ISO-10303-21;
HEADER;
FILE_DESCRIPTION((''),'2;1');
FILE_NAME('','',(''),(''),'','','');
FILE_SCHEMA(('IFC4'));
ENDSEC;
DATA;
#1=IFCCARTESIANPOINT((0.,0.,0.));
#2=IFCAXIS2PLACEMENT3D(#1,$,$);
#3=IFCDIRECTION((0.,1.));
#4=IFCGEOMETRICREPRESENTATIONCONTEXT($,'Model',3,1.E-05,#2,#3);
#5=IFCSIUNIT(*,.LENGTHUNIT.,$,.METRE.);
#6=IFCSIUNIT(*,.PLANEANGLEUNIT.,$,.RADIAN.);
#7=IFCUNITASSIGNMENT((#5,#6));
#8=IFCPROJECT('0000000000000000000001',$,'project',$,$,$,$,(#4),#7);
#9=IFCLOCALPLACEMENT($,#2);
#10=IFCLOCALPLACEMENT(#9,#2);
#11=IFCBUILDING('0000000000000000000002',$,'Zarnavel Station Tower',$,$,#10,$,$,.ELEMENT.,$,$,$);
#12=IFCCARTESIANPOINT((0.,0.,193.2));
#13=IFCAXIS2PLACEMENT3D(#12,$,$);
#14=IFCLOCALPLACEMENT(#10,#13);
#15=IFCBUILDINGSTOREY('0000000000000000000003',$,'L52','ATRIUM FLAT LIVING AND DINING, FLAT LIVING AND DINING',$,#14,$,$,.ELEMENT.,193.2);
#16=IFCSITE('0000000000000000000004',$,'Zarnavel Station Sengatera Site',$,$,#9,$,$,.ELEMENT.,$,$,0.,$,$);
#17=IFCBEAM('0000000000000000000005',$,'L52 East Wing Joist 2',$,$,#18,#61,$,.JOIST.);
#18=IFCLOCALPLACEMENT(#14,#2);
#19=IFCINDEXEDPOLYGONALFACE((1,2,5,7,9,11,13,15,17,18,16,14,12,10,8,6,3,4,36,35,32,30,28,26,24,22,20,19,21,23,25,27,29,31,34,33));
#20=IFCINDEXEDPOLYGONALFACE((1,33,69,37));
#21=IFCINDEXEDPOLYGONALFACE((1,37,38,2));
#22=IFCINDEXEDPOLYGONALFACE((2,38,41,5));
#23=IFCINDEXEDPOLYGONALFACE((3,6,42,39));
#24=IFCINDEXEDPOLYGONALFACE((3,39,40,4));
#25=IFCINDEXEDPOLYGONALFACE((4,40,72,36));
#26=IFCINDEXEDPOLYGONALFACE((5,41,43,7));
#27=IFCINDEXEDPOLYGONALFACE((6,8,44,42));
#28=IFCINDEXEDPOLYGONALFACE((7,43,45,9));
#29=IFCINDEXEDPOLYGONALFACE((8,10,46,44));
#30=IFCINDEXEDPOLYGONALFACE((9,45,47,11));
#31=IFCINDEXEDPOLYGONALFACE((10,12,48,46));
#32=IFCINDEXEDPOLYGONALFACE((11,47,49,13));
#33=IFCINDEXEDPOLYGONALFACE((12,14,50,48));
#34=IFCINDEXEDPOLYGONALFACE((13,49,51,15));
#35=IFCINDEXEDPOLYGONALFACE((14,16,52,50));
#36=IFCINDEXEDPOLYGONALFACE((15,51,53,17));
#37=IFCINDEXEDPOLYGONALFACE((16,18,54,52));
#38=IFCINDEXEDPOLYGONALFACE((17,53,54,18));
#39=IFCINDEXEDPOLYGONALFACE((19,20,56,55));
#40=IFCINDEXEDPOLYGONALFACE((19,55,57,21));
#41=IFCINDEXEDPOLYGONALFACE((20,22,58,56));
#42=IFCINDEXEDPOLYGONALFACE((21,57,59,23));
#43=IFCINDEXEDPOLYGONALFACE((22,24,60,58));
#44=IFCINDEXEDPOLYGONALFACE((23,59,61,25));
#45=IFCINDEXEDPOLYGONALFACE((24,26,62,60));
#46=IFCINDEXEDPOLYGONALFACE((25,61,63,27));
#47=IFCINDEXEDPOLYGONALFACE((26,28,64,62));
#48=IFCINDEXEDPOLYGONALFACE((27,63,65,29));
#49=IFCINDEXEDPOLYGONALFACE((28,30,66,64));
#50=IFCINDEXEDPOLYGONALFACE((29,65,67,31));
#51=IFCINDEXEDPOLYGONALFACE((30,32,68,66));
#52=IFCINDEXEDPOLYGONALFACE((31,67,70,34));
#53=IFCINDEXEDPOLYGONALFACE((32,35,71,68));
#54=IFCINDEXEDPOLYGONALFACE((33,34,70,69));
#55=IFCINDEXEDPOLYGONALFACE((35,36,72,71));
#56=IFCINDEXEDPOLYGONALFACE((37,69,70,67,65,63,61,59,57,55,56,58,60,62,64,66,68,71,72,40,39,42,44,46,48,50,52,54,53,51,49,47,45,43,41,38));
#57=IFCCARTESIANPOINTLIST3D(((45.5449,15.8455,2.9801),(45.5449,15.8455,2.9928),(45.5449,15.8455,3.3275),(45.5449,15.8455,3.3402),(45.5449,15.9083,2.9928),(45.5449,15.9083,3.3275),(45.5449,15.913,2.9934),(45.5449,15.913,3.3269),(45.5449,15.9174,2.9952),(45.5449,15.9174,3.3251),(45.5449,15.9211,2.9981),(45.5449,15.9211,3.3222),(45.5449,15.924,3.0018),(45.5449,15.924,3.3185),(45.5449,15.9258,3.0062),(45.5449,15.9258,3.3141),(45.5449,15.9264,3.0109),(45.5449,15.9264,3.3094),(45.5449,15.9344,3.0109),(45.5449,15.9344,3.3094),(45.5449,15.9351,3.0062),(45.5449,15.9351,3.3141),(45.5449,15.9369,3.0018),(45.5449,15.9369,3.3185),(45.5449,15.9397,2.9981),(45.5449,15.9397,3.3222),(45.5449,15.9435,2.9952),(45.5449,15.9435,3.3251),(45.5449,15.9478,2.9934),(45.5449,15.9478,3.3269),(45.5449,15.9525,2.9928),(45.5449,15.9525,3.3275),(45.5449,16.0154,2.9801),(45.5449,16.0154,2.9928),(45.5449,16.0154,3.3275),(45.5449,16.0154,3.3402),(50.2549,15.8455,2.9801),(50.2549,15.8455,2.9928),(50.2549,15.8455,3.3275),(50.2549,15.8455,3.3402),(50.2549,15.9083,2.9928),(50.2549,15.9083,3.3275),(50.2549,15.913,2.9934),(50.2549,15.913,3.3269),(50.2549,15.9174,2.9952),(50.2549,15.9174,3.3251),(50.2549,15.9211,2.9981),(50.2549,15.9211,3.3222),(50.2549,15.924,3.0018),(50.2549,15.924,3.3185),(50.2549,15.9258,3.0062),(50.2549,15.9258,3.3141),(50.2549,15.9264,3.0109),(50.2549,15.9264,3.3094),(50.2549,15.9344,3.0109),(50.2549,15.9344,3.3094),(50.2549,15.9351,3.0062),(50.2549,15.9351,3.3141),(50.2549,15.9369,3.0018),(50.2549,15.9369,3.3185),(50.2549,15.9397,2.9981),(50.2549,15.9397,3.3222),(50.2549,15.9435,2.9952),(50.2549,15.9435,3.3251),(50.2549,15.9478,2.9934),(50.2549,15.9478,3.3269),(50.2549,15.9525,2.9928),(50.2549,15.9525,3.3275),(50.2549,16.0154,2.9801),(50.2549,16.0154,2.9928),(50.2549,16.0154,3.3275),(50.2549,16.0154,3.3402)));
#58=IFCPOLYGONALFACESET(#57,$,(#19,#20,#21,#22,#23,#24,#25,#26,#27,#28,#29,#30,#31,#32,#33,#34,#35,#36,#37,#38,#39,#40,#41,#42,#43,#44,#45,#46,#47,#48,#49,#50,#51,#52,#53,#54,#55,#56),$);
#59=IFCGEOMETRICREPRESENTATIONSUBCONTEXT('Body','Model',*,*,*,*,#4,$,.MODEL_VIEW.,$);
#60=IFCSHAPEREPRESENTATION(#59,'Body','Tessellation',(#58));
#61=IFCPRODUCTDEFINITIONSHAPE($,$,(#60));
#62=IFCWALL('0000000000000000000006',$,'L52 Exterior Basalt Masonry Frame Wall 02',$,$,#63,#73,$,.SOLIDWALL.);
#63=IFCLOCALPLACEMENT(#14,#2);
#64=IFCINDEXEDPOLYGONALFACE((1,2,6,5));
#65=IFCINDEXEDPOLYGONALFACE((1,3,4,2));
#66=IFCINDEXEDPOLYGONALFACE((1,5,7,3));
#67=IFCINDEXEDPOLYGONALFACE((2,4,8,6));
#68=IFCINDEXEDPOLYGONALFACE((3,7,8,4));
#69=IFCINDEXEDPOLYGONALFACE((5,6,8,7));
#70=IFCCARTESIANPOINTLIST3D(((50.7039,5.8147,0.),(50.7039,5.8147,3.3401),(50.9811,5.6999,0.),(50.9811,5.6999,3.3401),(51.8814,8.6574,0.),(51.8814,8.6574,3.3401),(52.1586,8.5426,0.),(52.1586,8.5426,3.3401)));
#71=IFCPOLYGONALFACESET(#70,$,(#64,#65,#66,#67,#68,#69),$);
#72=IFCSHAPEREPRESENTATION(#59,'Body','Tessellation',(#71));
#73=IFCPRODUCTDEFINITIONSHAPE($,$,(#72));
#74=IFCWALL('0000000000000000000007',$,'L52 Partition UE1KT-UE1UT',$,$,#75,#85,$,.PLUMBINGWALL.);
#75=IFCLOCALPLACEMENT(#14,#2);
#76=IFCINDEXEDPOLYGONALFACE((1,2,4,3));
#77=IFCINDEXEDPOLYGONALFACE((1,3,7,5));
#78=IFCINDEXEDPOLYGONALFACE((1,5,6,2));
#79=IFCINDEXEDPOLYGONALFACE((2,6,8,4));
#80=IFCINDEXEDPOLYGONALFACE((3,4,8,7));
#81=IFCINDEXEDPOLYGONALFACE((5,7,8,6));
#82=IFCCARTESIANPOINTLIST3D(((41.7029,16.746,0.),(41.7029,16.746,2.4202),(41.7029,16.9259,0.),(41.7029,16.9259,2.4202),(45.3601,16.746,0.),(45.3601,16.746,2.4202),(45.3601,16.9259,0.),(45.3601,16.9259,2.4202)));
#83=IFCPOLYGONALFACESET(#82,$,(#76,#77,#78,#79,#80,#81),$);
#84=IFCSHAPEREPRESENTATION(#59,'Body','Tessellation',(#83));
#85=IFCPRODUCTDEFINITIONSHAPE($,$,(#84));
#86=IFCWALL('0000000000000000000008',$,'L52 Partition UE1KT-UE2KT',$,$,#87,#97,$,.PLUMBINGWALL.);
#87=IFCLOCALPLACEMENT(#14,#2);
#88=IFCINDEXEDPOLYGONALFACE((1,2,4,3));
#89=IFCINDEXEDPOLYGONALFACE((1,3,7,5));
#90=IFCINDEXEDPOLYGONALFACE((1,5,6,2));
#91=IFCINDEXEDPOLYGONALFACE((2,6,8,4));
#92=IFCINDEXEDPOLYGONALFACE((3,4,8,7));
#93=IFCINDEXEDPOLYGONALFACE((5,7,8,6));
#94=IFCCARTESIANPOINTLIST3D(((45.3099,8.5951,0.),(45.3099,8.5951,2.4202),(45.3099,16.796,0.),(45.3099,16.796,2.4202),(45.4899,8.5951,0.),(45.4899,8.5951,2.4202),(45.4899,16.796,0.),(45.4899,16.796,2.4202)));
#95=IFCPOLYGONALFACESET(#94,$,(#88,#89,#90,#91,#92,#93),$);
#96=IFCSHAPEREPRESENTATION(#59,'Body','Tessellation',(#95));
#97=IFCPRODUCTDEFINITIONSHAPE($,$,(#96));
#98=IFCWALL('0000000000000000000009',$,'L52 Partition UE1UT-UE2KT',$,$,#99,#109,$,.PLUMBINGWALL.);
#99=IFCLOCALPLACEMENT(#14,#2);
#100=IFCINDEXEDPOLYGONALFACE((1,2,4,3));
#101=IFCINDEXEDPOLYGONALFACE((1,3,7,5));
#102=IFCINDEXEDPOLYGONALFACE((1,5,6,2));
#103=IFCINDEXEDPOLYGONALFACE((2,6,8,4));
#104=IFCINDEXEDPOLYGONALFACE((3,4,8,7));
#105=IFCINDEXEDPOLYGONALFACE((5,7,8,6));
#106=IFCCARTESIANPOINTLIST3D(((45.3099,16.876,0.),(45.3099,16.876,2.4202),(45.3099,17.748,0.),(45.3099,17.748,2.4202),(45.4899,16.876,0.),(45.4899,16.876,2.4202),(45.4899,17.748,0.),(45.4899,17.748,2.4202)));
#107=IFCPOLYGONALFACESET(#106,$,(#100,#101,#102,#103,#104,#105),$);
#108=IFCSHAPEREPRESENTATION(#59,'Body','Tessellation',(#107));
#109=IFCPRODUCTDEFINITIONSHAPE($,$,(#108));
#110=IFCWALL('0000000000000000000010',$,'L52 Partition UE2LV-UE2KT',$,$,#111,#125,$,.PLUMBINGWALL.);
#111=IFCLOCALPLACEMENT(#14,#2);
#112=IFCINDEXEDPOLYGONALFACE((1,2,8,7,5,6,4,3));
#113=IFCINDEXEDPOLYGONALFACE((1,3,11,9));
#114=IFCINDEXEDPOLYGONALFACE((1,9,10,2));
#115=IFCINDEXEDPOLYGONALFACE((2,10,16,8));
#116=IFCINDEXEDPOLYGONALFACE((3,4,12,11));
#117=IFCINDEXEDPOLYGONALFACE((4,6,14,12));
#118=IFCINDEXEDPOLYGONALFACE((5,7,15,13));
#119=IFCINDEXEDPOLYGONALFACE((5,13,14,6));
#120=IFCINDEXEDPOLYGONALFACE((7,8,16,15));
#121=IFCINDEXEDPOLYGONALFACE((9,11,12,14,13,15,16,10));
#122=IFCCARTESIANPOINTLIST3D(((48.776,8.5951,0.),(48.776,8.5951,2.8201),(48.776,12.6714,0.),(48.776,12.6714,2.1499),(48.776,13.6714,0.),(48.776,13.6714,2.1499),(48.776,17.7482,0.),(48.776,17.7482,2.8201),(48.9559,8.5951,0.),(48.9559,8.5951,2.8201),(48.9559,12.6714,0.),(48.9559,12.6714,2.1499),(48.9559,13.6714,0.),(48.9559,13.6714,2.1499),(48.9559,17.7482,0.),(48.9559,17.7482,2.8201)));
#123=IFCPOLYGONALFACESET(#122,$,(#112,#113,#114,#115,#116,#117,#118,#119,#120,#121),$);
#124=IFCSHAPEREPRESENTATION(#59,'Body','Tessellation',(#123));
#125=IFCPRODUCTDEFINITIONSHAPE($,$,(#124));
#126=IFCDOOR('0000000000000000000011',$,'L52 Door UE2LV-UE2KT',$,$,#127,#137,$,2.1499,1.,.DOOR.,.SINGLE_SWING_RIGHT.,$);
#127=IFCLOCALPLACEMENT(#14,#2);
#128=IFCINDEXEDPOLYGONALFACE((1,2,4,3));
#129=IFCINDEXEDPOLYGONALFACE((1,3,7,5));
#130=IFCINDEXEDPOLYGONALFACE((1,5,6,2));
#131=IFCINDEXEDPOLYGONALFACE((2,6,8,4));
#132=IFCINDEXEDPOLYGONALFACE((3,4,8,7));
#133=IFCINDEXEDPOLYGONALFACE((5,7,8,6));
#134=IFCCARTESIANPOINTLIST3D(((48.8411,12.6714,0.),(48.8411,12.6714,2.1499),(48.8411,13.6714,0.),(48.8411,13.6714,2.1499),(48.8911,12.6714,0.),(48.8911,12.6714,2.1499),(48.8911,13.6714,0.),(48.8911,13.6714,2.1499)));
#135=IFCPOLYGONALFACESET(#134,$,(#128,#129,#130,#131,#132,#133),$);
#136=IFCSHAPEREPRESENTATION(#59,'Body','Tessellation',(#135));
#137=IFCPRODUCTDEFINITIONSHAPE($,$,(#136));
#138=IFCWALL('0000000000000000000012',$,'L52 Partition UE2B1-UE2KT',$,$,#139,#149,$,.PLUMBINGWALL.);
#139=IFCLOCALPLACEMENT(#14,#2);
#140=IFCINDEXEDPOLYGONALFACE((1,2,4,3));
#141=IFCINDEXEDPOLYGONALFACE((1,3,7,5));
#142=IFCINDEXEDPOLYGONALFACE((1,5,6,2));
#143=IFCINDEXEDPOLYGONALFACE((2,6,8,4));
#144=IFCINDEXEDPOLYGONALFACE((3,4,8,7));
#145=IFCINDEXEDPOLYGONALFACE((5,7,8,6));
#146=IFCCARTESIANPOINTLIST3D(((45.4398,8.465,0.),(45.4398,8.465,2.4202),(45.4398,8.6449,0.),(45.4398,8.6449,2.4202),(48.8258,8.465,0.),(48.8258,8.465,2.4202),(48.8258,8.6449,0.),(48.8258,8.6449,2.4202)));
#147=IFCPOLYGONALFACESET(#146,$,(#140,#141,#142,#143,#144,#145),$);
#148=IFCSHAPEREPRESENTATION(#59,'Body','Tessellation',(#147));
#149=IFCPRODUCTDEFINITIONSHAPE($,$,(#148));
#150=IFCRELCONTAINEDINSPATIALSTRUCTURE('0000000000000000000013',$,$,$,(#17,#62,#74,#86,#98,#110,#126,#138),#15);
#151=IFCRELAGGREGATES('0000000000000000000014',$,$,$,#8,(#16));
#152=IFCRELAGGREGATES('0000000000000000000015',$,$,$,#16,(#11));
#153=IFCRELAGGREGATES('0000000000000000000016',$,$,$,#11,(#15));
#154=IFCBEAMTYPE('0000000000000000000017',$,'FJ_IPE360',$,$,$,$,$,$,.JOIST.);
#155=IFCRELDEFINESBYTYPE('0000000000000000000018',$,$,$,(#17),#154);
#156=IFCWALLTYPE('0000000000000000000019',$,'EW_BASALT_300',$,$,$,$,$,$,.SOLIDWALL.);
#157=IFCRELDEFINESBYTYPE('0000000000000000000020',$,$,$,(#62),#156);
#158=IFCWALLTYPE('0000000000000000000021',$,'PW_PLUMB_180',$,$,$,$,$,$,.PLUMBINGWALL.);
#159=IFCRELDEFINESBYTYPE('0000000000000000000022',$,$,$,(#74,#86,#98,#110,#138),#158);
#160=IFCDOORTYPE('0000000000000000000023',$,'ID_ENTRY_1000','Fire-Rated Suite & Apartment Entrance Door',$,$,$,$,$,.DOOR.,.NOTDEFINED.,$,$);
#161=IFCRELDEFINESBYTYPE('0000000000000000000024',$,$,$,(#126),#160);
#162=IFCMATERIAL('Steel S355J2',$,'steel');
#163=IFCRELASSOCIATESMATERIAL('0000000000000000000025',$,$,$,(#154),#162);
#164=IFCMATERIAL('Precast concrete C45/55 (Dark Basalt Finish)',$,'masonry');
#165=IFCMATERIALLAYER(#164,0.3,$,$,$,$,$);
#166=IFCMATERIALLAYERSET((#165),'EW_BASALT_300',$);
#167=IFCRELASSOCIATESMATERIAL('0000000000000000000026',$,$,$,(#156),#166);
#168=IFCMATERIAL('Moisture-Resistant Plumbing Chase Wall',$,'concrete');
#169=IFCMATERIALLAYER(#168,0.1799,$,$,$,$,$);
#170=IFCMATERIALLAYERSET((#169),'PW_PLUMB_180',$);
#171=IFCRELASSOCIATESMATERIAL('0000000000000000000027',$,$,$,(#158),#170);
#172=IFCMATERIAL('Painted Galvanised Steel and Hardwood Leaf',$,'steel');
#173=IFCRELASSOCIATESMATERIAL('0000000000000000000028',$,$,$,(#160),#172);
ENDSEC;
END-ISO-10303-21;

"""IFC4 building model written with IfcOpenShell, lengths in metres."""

from ifc_helpers import new_model, si_unit, direction, frame, frame_2d, origin, origin_2d, place, context, subcontext, project, spatial, rectangle, i_section, extrude, material, layer, layer_set, material_profile, profile_set, type_object, element, fill, save


model = new_model("IFC4")

# Units and contexts
model_context = context("Model", 3, precision=1e-05, world=origin(), true_north=direction((0.0, 1.0)))
body_context = subcontext(model_context, "Body", "Model", "MODEL_VIEW")
ifc_project = project(units=[si_unit("LENGTHUNIT", "METRE"), si_unit("PLANEANGLEUNIT", "RADIAN")], contexts=[model_context])

# Site, building, storey
site_placement = place(None, origin())
site = spatial("IfcSite", under=ifc_project, at=site_placement, Name="Zarnavel Station Sengatera Site", CompositionType="ELEMENT", RefElevation=0.0)
building_placement = place(site_placement, origin())
building = spatial("IfcBuilding", under=site, at=building_placement, Name="Zarnavel Station Tower", CompositionType="ELEMENT")
storey_placement = place(building_placement, frame((0.0, 0.0, 193.2)))
storey = spatial("IfcBuildingStorey", under=building, at=storey_placement, Name="L52", Description="ATRIUM FLAT LIVING AND DINING, FLAT LIVING AND DINING", CompositionType="ELEMENT", Elevation=193.2)

# Beam
ifc_material_1 = material(Name="Steel S355J2", Category="steel")
ifc_material_profile_1 = material_profile(ifc_material_1, i_section(OverallWidth=0.1699, OverallDepth=0.3601, WebThickness=0.0081, FlangeThickness=0.0127, FilletRadius=0.0181, at=origin_2d()), Name="IPE360")
ifc_profile_set_1 = profile_set([ifc_material_profile_1], Name="Steel S355J2")
beam_type_1 = type_object("IfcBeamType", Name="FJ_IPE360", PredefinedType="JOIST", material=ifc_profile_set_1)
for number, where, z_axis, x_axis, name in (
    (1, (45.5449, 15.9304, 3.1602), (1.0, 0.0, 0.0), (0.0, 1.0, 0.0), "L52 East Wing Joist 2"),
):
    element("IfcBeam", number, at=place(storey_placement, frame(where, z_axis=z_axis, x_axis=x_axis)), inside=storey, type_object=beam_type_1, Name=name, PredefinedType="JOIST", context=body_context, shape_type="SweptSolid", body=[
        extrude(i_section(OverallWidth=0.1699, OverallDepth=0.3601, WebThickness=0.0081, FlangeThickness=0.0127, FilletRadius=0.0181, at=origin_2d()), origin(), (0.0, 0.0, 1.0), 4.71),
    ])

# Walls
ifc_material_2 = material(Name="Precast concrete C45/55 (Dark Basalt Finish)", Category="masonry")
ifc_layer_1 = layer(ifc_material_2, 0.3)
ifc_layer_set_1 = layer_set([ifc_layer_1], Name="EW_BASALT_300")
wall_type_1 = type_object("IfcWallType", Name="EW_BASALT_300", PredefinedType="SOLIDWALL", material=ifc_layer_set_1)
wall_1_placement = place(storey_placement, frame((52.02, 8.6001, 0.0), z_axis=(0.0, 0.0, 1.0), x_axis=(-0.382676, -0.923882, 0.0)))
element("IfcWall", 2, at=wall_1_placement, inside=storey, type_object=wall_type_1, Name="L52 Exterior Basalt Masonry Frame Wall 02", PredefinedType="SOLIDWALL", context=body_context, shape_type="SweptSolid", body=[
    extrude(rectangle(XDim=3.0769, YDim=0.3, at=frame_2d((1.5386, 0.0))), origin(), (0.0, 0.0, 1.0), 3.3401),
])
ifc_material_3 = material(Name="Moisture-Resistant Plumbing Chase Wall", Category="concrete")
ifc_layer_2 = layer(ifc_material_3, 0.1799)
ifc_layer_set_2 = layer_set([ifc_layer_2], Name="PW_PLUMB_180")
wall_type_2 = type_object("IfcWallType", Name="PW_PLUMB_180", PredefinedType="PLUMBINGWALL", material=ifc_layer_set_2)
wall_2_placement = place(storey_placement, frame((41.7029, 16.8359, 0.0), z_axis=(0.0, 0.0, 1.0), x_axis=(1.0, 0.0, 0.0)))
element("IfcWall", 3, at=wall_2_placement, inside=storey, type_object=wall_type_2, Name="L52 Partition UE1KT-UE1UT", PredefinedType="PLUMBINGWALL", context=body_context, shape_type="SweptSolid", body=[
    extrude(rectangle(XDim=3.6572, YDim=0.1799, at=frame_2d((1.8286, 0.0))), origin(), (0.0, 0.0, 1.0), 2.4202),
])
wall_3_placement = place(storey_placement, frame((45.3999, 8.595, 0.0), z_axis=(0.0, 0.0, 1.0), x_axis=(0.0, 1.0, 0.0)))
element("IfcWall", 4, at=wall_3_placement, inside=storey, type_object=wall_type_2, Name="L52 Partition UE1KT-UE2KT", PredefinedType="PLUMBINGWALL", context=body_context, shape_type="SweptSolid", body=[
    extrude(rectangle(XDim=8.2009, YDim=0.1799, at=frame_2d((4.1006, 0.0))), origin(), (0.0, 0.0, 1.0), 2.4202),
])
wall_4_placement = place(storey_placement, frame((45.3999, 16.876, 0.0), z_axis=(0.0, 0.0, 1.0), x_axis=(0.0, 1.0, 0.0)))
element("IfcWall", 5, at=wall_4_placement, inside=storey, type_object=wall_type_2, Name="L52 Partition UE1UT-UE2KT", PredefinedType="PLUMBINGWALL", context=body_context, shape_type="SweptSolid", body=[
    extrude(rectangle(XDim=0.8721, YDim=0.1799, at=frame_2d((0.436, 0.0))), origin(), (0.0, 0.0, 1.0), 2.4202),
])

# Wall, opening, door
wall_5_placement = place(storey_placement, frame((48.866, 8.595, 0.0), z_axis=(0.0, 0.0, 1.0), x_axis=(0.0, 1.0, 0.0)))
wall_5 = element("IfcWall", 6, at=wall_5_placement, inside=storey, type_object=wall_type_2, Name="L52 Partition UE2LV-UE2KT", PredefinedType="PLUMBINGWALL", context=body_context, shape_type="SweptSolid", body=[
    extrude(rectangle(XDim=9.1531, YDim=0.1799, at=frame_2d((4.5767, 0.0))), origin(), (0.0, 0.0, 1.0), 2.8201),
])
opening_placement = place(wall_5_placement, frame((4.0764, 0.0, 0.0)))
opening = element("IfcOpeningElement", 7, at=opening_placement, cuts=wall_5, PredefinedType="OPENING", context=body_context, shape_type="SweptSolid", body=[
    extrude(rectangle(XDim=1.0, YDim=2.1499, at=frame_2d((0.5, 1.075))), frame((0.0, 0.0999, 0.0), z_axis=(0.0, -1.0, 0.0), x_axis=(1.0, 0.0, 0.0)), (0.0, 0.0, 1.0), 0.2),
])
ifc_material_4 = material(Name="Painted Galvanised Steel and Hardwood Leaf", Category="steel")
door_type = type_object("IfcDoorType", Name="ID_ENTRY_1000", Description="Fire-Rated Suite & Apartment Entrance Door", OperationType="NOTDEFINED", PredefinedType="DOOR", material=ifc_material_4)
door_placement = place(opening_placement, origin())
door = element("IfcDoor", 8, at=door_placement, inside=storey, type_object=door_type, Name="L52 Door UE2LV-UE2KT", OperationType="SINGLE_SWING_RIGHT", OverallHeight=2.1499, OverallWidth=1.0, PredefinedType="DOOR", context=body_context, shape_type="SweptSolid", body=[
    extrude(rectangle(XDim=1.0, YDim=2.1499, at=frame_2d((0.5, 1.075))), frame((0.0, 0.0249, 0.0), z_axis=(0.0, -1.0, 0.0), x_axis=(1.0, 0.0, 0.0)), (0.0, 0.0, 1.0), 0.05),
])
fill(opening, door)

# Wall
wall_6_placement = place(storey_placement, frame((45.4399, 8.5549, 0.0), z_axis=(0.0, 0.0, 1.0), x_axis=(1.0, 0.0, 0.0)))
element("IfcWall", 9, at=wall_6_placement, inside=storey, type_object=wall_type_2, Name="L52 Partition UE2B1-UE2KT", PredefinedType="PLUMBINGWALL", context=body_context, shape_type="SweptSolid", body=[
    extrude(rectangle(XDim=3.386, YDim=0.1799, at=frame_2d((1.6929, 0.0))), origin(), (0.0, 0.0, 1.0), 2.4202),
])

save(model, "model.ifc")
